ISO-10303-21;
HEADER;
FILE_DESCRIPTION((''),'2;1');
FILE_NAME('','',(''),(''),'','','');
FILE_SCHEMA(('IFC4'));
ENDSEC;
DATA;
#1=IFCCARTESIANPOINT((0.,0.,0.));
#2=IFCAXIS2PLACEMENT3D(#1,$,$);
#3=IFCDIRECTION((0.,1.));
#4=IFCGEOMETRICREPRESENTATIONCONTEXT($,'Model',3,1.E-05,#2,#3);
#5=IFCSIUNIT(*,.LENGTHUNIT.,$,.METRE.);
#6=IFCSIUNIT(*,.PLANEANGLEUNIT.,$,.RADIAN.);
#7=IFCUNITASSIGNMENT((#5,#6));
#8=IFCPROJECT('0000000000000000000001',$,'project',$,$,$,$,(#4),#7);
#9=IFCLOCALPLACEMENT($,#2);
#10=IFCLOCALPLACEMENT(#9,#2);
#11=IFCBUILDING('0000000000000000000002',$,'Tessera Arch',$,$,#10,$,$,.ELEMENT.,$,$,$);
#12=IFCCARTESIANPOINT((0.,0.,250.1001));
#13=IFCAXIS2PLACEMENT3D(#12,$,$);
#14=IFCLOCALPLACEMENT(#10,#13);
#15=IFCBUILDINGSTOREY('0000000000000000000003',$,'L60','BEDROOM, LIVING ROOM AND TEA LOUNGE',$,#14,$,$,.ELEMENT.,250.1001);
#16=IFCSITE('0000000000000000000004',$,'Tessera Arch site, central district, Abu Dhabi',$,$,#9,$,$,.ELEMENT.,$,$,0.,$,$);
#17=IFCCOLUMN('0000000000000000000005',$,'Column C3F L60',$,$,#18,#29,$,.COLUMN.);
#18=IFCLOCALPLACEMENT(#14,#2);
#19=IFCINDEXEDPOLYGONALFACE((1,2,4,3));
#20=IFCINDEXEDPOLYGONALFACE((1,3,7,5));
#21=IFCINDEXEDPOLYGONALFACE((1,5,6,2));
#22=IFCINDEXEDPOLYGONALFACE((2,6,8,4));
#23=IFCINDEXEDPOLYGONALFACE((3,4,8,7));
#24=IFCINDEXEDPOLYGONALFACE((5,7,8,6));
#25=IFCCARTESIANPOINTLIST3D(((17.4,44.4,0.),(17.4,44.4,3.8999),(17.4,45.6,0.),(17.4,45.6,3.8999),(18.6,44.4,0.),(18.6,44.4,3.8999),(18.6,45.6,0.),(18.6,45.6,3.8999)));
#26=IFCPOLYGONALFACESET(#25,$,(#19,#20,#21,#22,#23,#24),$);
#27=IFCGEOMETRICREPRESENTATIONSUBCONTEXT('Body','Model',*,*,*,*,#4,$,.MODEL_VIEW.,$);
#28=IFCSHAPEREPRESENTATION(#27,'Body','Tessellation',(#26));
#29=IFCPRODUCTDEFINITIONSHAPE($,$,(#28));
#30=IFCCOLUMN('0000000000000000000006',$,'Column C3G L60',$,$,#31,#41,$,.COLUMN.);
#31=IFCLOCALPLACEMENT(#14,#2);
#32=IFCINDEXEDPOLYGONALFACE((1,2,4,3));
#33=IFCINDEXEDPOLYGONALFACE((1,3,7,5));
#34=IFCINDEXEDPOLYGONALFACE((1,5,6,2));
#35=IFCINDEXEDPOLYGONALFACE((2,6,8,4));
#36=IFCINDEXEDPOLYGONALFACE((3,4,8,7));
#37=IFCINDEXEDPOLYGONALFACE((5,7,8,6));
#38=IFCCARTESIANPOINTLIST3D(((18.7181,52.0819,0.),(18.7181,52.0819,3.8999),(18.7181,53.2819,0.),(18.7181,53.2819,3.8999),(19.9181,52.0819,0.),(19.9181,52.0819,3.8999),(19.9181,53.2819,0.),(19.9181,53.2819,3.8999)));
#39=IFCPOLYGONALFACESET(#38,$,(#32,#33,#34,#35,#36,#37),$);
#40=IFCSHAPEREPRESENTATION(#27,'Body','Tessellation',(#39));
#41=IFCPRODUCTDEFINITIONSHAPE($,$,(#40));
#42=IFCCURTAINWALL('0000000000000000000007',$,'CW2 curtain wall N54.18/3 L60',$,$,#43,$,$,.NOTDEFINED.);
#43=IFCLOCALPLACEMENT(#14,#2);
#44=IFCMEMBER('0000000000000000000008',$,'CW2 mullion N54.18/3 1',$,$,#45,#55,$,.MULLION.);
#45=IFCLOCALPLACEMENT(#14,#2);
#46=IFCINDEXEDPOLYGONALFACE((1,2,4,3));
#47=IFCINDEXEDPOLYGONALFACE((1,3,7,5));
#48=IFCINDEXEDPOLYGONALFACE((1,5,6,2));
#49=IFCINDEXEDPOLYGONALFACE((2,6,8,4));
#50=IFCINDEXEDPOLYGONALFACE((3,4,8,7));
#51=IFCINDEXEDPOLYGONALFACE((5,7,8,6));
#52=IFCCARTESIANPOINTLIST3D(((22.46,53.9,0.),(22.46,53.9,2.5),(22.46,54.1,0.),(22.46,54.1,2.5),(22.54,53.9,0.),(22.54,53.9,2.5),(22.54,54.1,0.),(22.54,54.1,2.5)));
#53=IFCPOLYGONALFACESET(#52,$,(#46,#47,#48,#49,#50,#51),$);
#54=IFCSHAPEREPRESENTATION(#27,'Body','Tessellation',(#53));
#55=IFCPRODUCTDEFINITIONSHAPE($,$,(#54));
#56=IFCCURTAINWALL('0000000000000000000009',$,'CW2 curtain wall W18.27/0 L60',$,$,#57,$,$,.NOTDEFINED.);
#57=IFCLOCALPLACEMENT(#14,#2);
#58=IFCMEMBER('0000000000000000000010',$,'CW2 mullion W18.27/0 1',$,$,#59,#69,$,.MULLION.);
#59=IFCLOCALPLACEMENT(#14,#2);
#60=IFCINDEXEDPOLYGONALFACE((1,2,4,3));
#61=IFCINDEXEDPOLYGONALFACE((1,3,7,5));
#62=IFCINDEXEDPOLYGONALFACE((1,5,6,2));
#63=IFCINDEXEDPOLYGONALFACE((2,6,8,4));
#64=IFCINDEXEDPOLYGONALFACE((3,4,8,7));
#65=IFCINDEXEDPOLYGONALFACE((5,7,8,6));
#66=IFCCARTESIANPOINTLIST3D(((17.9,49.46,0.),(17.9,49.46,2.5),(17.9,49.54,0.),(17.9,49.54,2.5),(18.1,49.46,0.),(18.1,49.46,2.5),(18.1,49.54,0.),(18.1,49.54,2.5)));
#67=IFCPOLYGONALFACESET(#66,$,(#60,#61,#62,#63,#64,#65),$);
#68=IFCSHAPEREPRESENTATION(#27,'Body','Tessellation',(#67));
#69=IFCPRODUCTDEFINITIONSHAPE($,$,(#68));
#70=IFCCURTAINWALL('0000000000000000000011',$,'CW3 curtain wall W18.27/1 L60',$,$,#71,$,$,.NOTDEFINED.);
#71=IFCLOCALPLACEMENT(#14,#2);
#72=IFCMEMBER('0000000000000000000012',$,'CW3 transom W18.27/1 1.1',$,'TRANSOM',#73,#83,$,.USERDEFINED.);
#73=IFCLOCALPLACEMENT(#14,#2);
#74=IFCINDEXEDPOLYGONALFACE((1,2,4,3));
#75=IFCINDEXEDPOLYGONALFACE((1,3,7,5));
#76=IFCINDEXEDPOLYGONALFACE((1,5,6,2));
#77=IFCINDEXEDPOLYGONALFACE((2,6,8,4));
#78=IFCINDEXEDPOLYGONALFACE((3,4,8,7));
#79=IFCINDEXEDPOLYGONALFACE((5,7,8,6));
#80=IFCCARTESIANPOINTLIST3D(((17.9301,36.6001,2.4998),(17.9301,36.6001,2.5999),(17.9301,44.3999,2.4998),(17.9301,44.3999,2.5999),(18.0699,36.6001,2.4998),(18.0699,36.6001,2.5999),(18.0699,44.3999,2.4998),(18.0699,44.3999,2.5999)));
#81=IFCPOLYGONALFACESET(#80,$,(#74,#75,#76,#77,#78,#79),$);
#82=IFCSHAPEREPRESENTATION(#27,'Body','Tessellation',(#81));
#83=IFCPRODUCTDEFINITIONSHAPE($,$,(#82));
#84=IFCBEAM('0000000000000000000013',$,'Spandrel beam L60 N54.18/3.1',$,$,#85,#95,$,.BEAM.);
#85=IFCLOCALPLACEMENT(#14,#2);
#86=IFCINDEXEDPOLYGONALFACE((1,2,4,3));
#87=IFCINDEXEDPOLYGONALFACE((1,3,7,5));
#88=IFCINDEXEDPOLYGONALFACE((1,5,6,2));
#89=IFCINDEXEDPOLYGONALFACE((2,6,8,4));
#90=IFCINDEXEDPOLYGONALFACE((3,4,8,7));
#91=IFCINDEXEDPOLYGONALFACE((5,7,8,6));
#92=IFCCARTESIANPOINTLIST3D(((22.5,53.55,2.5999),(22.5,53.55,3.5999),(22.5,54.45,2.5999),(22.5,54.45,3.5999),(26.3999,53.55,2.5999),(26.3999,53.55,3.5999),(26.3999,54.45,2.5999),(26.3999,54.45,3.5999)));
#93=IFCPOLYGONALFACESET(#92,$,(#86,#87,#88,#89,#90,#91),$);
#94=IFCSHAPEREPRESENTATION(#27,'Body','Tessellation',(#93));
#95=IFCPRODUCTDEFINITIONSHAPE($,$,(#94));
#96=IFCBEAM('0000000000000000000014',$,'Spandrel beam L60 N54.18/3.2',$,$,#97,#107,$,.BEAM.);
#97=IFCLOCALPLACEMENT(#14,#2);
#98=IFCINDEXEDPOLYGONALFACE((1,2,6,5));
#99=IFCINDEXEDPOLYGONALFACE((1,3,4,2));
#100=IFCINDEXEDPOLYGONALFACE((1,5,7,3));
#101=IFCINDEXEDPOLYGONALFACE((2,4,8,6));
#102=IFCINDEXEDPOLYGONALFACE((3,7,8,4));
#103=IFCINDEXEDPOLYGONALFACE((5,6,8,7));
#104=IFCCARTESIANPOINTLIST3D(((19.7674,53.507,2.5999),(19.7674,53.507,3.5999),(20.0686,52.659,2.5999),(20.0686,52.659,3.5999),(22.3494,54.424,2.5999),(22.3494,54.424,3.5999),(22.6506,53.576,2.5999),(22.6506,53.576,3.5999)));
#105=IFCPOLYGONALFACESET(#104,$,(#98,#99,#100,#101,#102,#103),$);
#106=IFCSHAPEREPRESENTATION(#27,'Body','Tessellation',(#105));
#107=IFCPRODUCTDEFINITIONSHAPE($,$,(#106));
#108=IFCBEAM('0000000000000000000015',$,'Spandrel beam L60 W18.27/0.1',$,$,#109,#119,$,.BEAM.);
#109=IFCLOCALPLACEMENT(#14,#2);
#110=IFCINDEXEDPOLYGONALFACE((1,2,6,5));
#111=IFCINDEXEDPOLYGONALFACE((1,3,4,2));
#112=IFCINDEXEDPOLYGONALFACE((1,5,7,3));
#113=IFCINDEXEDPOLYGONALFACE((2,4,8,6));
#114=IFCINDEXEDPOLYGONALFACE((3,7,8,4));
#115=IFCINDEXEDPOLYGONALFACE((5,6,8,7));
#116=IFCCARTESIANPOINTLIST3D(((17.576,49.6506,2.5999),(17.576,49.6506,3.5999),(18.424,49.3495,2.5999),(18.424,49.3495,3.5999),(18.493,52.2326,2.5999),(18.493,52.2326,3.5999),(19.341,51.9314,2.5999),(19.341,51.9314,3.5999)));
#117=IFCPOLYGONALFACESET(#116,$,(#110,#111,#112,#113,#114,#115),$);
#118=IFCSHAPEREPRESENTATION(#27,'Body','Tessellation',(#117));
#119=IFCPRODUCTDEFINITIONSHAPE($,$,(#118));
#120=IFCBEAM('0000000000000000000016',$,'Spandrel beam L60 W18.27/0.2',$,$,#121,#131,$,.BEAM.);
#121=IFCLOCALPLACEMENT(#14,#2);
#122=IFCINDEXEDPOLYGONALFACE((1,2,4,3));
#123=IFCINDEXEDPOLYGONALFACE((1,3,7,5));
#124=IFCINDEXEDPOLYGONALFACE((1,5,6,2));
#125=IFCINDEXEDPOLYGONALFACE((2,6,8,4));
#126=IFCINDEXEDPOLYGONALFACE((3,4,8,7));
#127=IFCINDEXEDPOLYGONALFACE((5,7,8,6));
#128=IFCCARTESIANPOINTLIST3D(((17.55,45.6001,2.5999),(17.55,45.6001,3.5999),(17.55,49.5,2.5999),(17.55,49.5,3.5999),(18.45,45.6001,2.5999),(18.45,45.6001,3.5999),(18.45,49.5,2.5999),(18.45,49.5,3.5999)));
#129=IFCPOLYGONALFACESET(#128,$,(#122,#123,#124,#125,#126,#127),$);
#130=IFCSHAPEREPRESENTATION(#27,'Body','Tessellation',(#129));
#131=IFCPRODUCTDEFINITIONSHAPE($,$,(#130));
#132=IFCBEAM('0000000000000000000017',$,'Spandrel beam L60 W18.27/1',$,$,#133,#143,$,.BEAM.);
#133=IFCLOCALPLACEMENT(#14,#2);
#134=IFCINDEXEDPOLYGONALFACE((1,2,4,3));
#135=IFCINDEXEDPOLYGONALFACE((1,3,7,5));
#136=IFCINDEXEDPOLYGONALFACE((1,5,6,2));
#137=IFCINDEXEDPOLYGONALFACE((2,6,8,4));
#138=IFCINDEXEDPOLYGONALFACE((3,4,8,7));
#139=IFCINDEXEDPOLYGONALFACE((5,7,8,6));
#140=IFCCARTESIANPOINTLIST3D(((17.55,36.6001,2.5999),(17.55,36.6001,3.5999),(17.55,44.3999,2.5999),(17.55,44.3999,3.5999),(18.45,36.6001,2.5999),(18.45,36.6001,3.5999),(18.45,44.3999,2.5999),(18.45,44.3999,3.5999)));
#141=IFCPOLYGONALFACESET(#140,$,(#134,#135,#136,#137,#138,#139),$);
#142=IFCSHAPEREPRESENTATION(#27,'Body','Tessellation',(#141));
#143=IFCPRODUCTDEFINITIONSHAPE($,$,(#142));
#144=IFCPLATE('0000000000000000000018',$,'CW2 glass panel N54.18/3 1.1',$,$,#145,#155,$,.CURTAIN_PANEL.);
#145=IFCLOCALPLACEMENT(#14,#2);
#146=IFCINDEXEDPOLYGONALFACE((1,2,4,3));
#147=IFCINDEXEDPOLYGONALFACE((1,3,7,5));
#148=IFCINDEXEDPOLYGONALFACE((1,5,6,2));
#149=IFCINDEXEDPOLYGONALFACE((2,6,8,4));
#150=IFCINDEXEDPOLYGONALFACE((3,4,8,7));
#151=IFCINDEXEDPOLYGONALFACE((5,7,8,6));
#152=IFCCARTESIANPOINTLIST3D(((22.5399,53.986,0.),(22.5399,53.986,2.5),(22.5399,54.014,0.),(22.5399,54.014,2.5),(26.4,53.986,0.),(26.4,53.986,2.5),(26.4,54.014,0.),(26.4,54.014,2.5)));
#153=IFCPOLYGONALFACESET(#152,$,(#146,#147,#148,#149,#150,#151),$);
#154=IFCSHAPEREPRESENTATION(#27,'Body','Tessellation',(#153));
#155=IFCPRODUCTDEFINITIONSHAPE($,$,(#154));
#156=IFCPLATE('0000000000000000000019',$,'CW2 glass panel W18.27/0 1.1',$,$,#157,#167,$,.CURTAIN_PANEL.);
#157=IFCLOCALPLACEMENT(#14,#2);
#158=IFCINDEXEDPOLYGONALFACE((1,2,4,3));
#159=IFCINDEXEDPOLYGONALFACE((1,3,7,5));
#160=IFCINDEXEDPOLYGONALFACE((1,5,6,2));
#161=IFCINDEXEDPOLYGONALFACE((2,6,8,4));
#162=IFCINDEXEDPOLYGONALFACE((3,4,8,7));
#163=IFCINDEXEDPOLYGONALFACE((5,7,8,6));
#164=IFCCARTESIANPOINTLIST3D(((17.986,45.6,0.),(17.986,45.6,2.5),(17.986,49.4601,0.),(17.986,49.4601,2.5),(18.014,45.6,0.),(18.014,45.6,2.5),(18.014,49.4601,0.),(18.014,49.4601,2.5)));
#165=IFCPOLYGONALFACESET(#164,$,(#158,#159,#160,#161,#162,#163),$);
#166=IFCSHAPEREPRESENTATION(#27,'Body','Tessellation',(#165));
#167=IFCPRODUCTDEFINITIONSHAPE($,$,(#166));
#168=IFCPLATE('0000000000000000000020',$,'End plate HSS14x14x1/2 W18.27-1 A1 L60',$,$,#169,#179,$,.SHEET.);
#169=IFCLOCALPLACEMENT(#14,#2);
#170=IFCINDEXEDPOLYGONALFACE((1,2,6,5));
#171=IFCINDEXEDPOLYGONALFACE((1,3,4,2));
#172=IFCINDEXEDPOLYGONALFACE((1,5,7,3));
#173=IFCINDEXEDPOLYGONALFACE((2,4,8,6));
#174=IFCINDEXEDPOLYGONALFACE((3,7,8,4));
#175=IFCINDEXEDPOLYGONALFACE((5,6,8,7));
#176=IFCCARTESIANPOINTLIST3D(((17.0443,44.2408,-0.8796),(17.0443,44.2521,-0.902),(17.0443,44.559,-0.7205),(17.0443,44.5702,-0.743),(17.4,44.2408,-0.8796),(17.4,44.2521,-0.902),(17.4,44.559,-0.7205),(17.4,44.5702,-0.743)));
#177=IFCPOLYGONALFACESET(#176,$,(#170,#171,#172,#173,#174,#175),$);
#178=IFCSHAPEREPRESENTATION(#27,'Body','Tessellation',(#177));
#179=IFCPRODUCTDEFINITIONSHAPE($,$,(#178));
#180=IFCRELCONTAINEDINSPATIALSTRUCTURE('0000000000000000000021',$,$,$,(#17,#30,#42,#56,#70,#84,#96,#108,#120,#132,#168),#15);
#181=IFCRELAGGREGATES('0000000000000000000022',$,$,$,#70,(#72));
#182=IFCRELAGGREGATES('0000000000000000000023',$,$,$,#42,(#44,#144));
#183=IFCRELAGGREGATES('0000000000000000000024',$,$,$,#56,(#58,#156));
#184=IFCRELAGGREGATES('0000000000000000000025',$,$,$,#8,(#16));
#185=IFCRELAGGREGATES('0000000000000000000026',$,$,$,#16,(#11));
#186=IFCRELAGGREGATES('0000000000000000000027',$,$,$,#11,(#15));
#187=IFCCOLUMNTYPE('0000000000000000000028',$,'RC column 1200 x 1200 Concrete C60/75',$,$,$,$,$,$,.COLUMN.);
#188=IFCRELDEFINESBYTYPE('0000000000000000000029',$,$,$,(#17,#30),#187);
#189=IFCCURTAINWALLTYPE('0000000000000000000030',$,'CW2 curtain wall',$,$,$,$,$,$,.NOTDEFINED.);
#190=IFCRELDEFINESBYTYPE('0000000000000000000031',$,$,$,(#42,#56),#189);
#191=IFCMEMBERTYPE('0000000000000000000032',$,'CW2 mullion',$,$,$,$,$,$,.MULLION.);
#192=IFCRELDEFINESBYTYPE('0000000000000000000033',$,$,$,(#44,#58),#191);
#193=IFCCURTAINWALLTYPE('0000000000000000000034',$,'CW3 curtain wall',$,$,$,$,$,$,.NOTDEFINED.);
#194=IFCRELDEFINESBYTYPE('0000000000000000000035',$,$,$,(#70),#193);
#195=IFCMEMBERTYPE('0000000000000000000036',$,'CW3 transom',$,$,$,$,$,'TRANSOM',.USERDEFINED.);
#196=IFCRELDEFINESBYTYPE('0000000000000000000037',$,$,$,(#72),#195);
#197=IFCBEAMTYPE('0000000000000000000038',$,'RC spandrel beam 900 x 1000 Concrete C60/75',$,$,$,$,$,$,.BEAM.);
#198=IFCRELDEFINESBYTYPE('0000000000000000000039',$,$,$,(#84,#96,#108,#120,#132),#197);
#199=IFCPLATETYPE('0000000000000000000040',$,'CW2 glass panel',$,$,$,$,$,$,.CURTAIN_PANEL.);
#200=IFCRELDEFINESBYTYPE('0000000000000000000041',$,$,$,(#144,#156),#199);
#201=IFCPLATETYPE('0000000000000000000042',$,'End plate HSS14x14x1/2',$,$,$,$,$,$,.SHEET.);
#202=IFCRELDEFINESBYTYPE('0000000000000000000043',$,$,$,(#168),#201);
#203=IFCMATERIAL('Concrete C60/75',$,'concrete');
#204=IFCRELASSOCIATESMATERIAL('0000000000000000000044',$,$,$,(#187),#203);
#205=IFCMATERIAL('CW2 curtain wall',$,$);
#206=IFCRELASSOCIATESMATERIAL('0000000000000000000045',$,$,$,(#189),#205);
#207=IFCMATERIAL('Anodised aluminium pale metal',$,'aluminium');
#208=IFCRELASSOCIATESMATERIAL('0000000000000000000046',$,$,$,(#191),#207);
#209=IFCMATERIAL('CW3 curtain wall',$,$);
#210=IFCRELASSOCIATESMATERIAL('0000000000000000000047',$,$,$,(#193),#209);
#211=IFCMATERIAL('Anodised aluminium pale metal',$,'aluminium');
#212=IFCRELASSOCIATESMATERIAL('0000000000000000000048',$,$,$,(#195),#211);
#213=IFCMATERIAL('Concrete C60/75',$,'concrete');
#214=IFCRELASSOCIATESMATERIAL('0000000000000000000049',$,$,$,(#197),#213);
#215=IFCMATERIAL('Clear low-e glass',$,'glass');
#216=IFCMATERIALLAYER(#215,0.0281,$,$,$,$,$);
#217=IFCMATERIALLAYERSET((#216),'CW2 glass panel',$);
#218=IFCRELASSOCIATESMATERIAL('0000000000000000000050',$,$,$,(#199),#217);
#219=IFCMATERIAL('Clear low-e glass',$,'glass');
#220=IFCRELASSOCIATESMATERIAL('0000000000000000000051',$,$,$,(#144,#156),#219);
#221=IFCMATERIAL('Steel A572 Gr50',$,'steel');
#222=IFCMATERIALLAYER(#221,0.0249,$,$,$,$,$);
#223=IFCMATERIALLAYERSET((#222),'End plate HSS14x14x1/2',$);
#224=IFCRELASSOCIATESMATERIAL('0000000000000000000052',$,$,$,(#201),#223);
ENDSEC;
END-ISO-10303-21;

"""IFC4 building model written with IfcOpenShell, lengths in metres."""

from ifc_helpers import new_model, si_unit, direction, frame, origin, origin_2d, place, context, subcontext, project, spatial, rectangle, extrude, material, layer, layer_set, material_profile, profile_set, type_object, element, aggregate, save


model = new_model("IFC4")

# Units and contexts
model_context = context("Model", 3, precision=1e-05, world=origin(), true_north=direction((0.0, 1.0)))
body_context = subcontext(model_context, "Body", "Model", "MODEL_VIEW")
ifc_project = project(units=[si_unit("LENGTHUNIT", "METRE"), si_unit("PLANEANGLEUNIT", "RADIAN")], contexts=[model_context])

# Site, building, storey
site_placement = place(None, origin())
site = spatial("IfcSite", under=ifc_project, at=site_placement, Name="Tessera Arch site, central district, Abu Dhabi", CompositionType="ELEMENT", RefElevation=0.0)
building_placement = place(site_placement, origin())
building = spatial("IfcBuilding", under=site, at=building_placement, Name="Tessera Arch", CompositionType="ELEMENT")
storey_placement = place(building_placement, frame((0.0, 0.0, 250.1001)))
storey = spatial("IfcBuildingStorey", under=building, at=storey_placement, Name="L60", Description="BEDROOM, LIVING ROOM AND TEA LOUNGE", CompositionType="ELEMENT", Elevation=250.1001)

# Columns
ifc_material_1 = material(Name="Concrete C60/75", Category="concrete")
ifc_material_profile_1 = material_profile(ifc_material_1, rectangle(XDim=1.2, YDim=1.2, at=origin_2d()), Name="RC column 1200 x 1200 Concrete C60/75")
ifc_profile_set_1 = profile_set([ifc_material_profile_1], Name="Concrete C60/75")
column_type = type_object("IfcColumnType", Name="RC column 1200 x 1200 Concrete C60/75", PredefinedType="COLUMN", material=ifc_profile_set_1)
for number, where, z_axis, x_axis, name in (
    (1, (18.0, 45.0, 0.0), (0.0, 0.0, 1.0), (1.0, 0.0, 0.0), "Column C3F L60"),
    (2, (19.3181, 52.6819, 0.0), (0.0, 0.0, 1.0), (1.0, 0.0, 0.0), "Column C3G L60"),
):
    element("IfcColumn", number, at=place(storey_placement, frame(where, z_axis=z_axis, x_axis=x_axis)), inside=storey, type_object=column_type, Name=name, PredefinedType="COLUMN", context=body_context, shape_type="SweptSolid", body=[
        extrude(rectangle(XDim=1.2, YDim=1.2, at=origin_2d()), origin(), (0.0, 0.0, 1.0), 3.8999),
    ])

# Curtain walls, members
ifc_material_2 = material(Name="CW2 curtain wall")
curtain_wall_type_1 = type_object("IfcCurtainWallType", Name="CW2 curtain wall", PredefinedType="NOTDEFINED", material=ifc_material_2)
curtain_wall_1_placement = place(storey_placement, origin())
curtain_wall_1 = element("IfcCurtainWall", 3, at=curtain_wall_1_placement, inside=storey, type_object=curtain_wall_type_1, Name="CW2 curtain wall N54.18/3 L60", PredefinedType="NOTDEFINED")
ifc_material_3 = material(Name="Anodised aluminium pale metal", Category="aluminium")
ifc_material_profile_2 = material_profile(ifc_material_3, rectangle(XDim=0.2, YDim=0.0801, at=origin_2d()), Name="AL 80x200")
ifc_profile_set_2 = profile_set([ifc_material_profile_2], Name="Anodised aluminium pale metal")
member_type_1 = type_object("IfcMemberType", Name="CW2 mullion", PredefinedType="MULLION", material=ifc_profile_set_2)
member_1_placement = place(storey_placement, frame((22.5, 54.0, 0.0), z_axis=(0.0, 0.0, 1.0), x_axis=(0.0, -1.0, 0.0)))
member_1 = element("IfcMember", 4, at=member_1_placement, type_object=member_type_1, Name="CW2 mullion N54.18/3 1", PredefinedType="MULLION", context=body_context, shape_type="SweptSolid", body=[
    extrude(rectangle(XDim=0.2, YDim=0.0801, at=origin_2d()), origin(), (0.0, 0.0, 1.0), 2.5),
])
curtain_wall_2_placement = place(storey_placement, origin())
curtain_wall_2 = element("IfcCurtainWall", 5, at=curtain_wall_2_placement, inside=storey, type_object=curtain_wall_type_1, Name="CW2 curtain wall W18.27/0 L60", PredefinedType="NOTDEFINED")
member_2_placement = place(storey_placement, frame((18.0, 49.5, 0.0), z_axis=(0.0, 0.0, 1.0), x_axis=(1.0, 0.0, 0.0)))
member_2 = element("IfcMember", 6, at=member_2_placement, type_object=member_type_1, Name="CW2 mullion W18.27/0 1", PredefinedType="MULLION", context=body_context, shape_type="SweptSolid", body=[
    extrude(rectangle(XDim=0.2, YDim=0.0801, at=origin_2d()), origin(), (0.0, 0.0, 1.0), 2.5),
])
ifc_material_4 = material(Name="CW3 curtain wall")
curtain_wall_type_2 = type_object("IfcCurtainWallType", Name="CW3 curtain wall", PredefinedType="NOTDEFINED", material=ifc_material_4)
curtain_wall_3_placement = place(storey_placement, origin())
curtain_wall_3 = element("IfcCurtainWall", 7, at=curtain_wall_3_placement, inside=storey, type_object=curtain_wall_type_2, Name="CW3 curtain wall W18.27/1 L60", PredefinedType="NOTDEFINED")
ifc_material_5 = material(Name="Anodised aluminium pale metal", Category="aluminium")
ifc_material_profile_3 = material_profile(ifc_material_5, rectangle(XDim=0.1399, YDim=0.1001, at=origin_2d()), Name="AL 140x100")
ifc_profile_set_3 = profile_set([ifc_material_profile_3], Name="Anodised aluminium pale metal")
member_type_2 = type_object("IfcMemberType", Name="CW3 transom", ElementType="TRANSOM", PredefinedType="USERDEFINED", material=ifc_profile_set_3)
member_3_placement = place(storey_placement, frame((18.0, 44.3999, 2.5498), z_axis=(0.0, -1.0, 0.0), x_axis=(1.0, 0.0, 0.0)))
member_3 = element("IfcMember", 8, at=member_3_placement, type_object=member_type_2, Name="CW3 transom W18.27/1 1.1", ObjectType="TRANSOM", PredefinedType="USERDEFINED", context=body_context, shape_type="SweptSolid", body=[
    extrude(rectangle(XDim=0.1399, YDim=0.1001, at=origin_2d()), origin(), (0.0, 0.0, 1.0), 7.7998),
])
aggregate(curtain_wall_3, [member_3])

# Beams
ifc_material_6 = material(Name="Concrete C60/75", Category="concrete")
ifc_material_profile_4 = material_profile(ifc_material_6, rectangle(XDim=0.8999, YDim=1.0, at=origin_2d()), Name="RC spandrel beam 900 x 1000 Concrete C60/75")
ifc_profile_set_4 = profile_set([ifc_material_profile_4], Name="Concrete C60/75")
beam_type = type_object("IfcBeamType", Name="RC spandrel beam 900 x 1000 Concrete C60/75", PredefinedType="BEAM", material=ifc_profile_set_4)
beam_1_placement = place(storey_placement, frame((26.3999, 54.0, 3.0999), z_axis=(-1.0, 0.0, 0.0), x_axis=(0.0, -1.0, 0.0)))
element("IfcBeam", 9, at=beam_1_placement, inside=storey, type_object=beam_type, Name="Spandrel beam L60 N54.18/3.1", PredefinedType="BEAM", context=body_context, shape_type="SweptSolid", body=[
    extrude(rectangle(XDim=0.8999, YDim=1.0, at=origin_2d()), origin(), (0.0, 0.0, 1.0), 3.8999),
])
for number, where, z_axis, x_axis, name in (
    (10, (22.5, 54.0, 3.0999), (-0.942337, -0.334665, 0.0), (0.334665, -0.942337, 0.0), "Spandrel beam L60 N54.18/3.2"),
    (11, (18.917, 52.082, 3.0999), (-0.334665, -0.942337, 0.0), (0.942337, -0.334665, 0.0), "Spandrel beam L60 W18.27/0.1"),
):
    element("IfcBeam", number, at=place(storey_placement, frame(where, z_axis=z_axis, x_axis=x_axis)), inside=storey, type_object=beam_type, Name=name, PredefinedType="BEAM", context=body_context, shape_type="SweptSolid", body=[
        extrude(rectangle(XDim=0.8999, YDim=1.0, at=origin_2d()), origin(), (0.0, 0.0, 1.0), 2.74),
    ])
beam_2_placement = place(storey_placement, frame((18.0, 49.5, 3.0999), z_axis=(0.0, -1.0, 0.0), x_axis=(1.0, 0.0, 0.0)))
element("IfcBeam", 12, at=beam_2_placement, inside=storey, type_object=beam_type, Name="Spandrel beam L60 W18.27/0.2", PredefinedType="BEAM", context=body_context, shape_type="SweptSolid", body=[
    extrude(rectangle(XDim=0.8999, YDim=1.0, at=origin_2d()), origin(), (0.0, 0.0, 1.0), 3.8999),
])
beam_3_placement = place(storey_placement, frame((18.0, 44.3999, 3.0999), z_axis=(0.0, -1.0, 0.0), x_axis=(1.0, 0.0, 0.0)))
element("IfcBeam", 13, at=beam_3_placement, inside=storey, type_object=beam_type, Name="Spandrel beam L60 W18.27/1", PredefinedType="BEAM", context=body_context, shape_type="SweptSolid", body=[
    extrude(rectangle(XDim=0.8999, YDim=1.0, at=origin_2d()), origin(), (0.0, 0.0, 1.0), 7.7998),
])

# Plates
ifc_material_7 = material(Name="Clear low-e glass", Category="glass")
ifc_material_8 = material(Name="Clear low-e glass", Category="glass")
ifc_layer_1 = layer(ifc_material_8, 0.0281)
ifc_layer_set_1 = layer_set([ifc_layer_1], Name="CW2 glass panel")
plate_type_1 = type_object("IfcPlateType", Name="CW2 glass panel", PredefinedType="CURTAIN_PANEL", material=ifc_layer_set_1)
plate_1_placement = place(storey_placement, frame((24.47, 54.0, 0.0), z_axis=(0.0, 0.0, 1.0), x_axis=(-1.0, 0.0, 0.0)))
plate_1 = element("IfcPlate", 14, at=plate_1_placement, type_object=plate_type_1, material=ifc_material_7, Name="CW2 glass panel N54.18/3 1.1", PredefinedType="CURTAIN_PANEL", context=body_context, shape_type="SweptSolid", body=[
    extrude(rectangle(XDim=3.8601, YDim=0.0281, at=origin_2d()), origin(), (0.0, 0.0, 1.0), 2.5),
])
aggregate(curtain_wall_1, [member_1, plate_1])
plate_2_placement = place(storey_placement, frame((18.0, 47.53, 0.0), z_axis=(0.0, 0.0, 1.0), x_axis=(0.0, -1.0, 0.0)))
plate_2 = element("IfcPlate", 15, at=plate_2_placement, type_object=plate_type_1, material=ifc_material_7, Name="CW2 glass panel W18.27/0 1.1", PredefinedType="CURTAIN_PANEL", context=body_context, shape_type="SweptSolid", body=[
    extrude(rectangle(XDim=3.8601, YDim=0.0281, at=origin_2d()), origin(), (0.0, 0.0, 1.0), 2.5),
])
aggregate(curtain_wall_2, [member_2, plate_2])
ifc_material_9 = material(Name="Steel A572 Gr50", Category="steel")
ifc_layer_2 = layer(ifc_material_9, 0.0249)
ifc_layer_set_2 = layer_set([ifc_layer_2], Name="End plate HSS14x14x1/2")
plate_type_2 = type_object("IfcPlateType", Name="End plate HSS14x14x1/2", PredefinedType="SHEET", material=ifc_layer_set_2)
plate_3_placement = place(storey_placement, frame((17.2222, 44.4111, -0.8225), z_axis=(0.0, -0.447214, 0.894427), x_axis=(1.0, 0.0, 0.0)))
element("IfcPlate", 16, at=plate_3_placement, inside=storey, type_object=plate_type_2, Name="End plate HSS14x14x1/2 W18.27-1 A1 L60", PredefinedType="SHEET", context=body_context, shape_type="SweptSolid", body=[
    extrude(rectangle(XDim=0.3557, YDim=0.3557, at=origin_2d()), origin(), (0.0, 0.0, 1.0), 0.0251),
])

save(model, "model.ifc")
